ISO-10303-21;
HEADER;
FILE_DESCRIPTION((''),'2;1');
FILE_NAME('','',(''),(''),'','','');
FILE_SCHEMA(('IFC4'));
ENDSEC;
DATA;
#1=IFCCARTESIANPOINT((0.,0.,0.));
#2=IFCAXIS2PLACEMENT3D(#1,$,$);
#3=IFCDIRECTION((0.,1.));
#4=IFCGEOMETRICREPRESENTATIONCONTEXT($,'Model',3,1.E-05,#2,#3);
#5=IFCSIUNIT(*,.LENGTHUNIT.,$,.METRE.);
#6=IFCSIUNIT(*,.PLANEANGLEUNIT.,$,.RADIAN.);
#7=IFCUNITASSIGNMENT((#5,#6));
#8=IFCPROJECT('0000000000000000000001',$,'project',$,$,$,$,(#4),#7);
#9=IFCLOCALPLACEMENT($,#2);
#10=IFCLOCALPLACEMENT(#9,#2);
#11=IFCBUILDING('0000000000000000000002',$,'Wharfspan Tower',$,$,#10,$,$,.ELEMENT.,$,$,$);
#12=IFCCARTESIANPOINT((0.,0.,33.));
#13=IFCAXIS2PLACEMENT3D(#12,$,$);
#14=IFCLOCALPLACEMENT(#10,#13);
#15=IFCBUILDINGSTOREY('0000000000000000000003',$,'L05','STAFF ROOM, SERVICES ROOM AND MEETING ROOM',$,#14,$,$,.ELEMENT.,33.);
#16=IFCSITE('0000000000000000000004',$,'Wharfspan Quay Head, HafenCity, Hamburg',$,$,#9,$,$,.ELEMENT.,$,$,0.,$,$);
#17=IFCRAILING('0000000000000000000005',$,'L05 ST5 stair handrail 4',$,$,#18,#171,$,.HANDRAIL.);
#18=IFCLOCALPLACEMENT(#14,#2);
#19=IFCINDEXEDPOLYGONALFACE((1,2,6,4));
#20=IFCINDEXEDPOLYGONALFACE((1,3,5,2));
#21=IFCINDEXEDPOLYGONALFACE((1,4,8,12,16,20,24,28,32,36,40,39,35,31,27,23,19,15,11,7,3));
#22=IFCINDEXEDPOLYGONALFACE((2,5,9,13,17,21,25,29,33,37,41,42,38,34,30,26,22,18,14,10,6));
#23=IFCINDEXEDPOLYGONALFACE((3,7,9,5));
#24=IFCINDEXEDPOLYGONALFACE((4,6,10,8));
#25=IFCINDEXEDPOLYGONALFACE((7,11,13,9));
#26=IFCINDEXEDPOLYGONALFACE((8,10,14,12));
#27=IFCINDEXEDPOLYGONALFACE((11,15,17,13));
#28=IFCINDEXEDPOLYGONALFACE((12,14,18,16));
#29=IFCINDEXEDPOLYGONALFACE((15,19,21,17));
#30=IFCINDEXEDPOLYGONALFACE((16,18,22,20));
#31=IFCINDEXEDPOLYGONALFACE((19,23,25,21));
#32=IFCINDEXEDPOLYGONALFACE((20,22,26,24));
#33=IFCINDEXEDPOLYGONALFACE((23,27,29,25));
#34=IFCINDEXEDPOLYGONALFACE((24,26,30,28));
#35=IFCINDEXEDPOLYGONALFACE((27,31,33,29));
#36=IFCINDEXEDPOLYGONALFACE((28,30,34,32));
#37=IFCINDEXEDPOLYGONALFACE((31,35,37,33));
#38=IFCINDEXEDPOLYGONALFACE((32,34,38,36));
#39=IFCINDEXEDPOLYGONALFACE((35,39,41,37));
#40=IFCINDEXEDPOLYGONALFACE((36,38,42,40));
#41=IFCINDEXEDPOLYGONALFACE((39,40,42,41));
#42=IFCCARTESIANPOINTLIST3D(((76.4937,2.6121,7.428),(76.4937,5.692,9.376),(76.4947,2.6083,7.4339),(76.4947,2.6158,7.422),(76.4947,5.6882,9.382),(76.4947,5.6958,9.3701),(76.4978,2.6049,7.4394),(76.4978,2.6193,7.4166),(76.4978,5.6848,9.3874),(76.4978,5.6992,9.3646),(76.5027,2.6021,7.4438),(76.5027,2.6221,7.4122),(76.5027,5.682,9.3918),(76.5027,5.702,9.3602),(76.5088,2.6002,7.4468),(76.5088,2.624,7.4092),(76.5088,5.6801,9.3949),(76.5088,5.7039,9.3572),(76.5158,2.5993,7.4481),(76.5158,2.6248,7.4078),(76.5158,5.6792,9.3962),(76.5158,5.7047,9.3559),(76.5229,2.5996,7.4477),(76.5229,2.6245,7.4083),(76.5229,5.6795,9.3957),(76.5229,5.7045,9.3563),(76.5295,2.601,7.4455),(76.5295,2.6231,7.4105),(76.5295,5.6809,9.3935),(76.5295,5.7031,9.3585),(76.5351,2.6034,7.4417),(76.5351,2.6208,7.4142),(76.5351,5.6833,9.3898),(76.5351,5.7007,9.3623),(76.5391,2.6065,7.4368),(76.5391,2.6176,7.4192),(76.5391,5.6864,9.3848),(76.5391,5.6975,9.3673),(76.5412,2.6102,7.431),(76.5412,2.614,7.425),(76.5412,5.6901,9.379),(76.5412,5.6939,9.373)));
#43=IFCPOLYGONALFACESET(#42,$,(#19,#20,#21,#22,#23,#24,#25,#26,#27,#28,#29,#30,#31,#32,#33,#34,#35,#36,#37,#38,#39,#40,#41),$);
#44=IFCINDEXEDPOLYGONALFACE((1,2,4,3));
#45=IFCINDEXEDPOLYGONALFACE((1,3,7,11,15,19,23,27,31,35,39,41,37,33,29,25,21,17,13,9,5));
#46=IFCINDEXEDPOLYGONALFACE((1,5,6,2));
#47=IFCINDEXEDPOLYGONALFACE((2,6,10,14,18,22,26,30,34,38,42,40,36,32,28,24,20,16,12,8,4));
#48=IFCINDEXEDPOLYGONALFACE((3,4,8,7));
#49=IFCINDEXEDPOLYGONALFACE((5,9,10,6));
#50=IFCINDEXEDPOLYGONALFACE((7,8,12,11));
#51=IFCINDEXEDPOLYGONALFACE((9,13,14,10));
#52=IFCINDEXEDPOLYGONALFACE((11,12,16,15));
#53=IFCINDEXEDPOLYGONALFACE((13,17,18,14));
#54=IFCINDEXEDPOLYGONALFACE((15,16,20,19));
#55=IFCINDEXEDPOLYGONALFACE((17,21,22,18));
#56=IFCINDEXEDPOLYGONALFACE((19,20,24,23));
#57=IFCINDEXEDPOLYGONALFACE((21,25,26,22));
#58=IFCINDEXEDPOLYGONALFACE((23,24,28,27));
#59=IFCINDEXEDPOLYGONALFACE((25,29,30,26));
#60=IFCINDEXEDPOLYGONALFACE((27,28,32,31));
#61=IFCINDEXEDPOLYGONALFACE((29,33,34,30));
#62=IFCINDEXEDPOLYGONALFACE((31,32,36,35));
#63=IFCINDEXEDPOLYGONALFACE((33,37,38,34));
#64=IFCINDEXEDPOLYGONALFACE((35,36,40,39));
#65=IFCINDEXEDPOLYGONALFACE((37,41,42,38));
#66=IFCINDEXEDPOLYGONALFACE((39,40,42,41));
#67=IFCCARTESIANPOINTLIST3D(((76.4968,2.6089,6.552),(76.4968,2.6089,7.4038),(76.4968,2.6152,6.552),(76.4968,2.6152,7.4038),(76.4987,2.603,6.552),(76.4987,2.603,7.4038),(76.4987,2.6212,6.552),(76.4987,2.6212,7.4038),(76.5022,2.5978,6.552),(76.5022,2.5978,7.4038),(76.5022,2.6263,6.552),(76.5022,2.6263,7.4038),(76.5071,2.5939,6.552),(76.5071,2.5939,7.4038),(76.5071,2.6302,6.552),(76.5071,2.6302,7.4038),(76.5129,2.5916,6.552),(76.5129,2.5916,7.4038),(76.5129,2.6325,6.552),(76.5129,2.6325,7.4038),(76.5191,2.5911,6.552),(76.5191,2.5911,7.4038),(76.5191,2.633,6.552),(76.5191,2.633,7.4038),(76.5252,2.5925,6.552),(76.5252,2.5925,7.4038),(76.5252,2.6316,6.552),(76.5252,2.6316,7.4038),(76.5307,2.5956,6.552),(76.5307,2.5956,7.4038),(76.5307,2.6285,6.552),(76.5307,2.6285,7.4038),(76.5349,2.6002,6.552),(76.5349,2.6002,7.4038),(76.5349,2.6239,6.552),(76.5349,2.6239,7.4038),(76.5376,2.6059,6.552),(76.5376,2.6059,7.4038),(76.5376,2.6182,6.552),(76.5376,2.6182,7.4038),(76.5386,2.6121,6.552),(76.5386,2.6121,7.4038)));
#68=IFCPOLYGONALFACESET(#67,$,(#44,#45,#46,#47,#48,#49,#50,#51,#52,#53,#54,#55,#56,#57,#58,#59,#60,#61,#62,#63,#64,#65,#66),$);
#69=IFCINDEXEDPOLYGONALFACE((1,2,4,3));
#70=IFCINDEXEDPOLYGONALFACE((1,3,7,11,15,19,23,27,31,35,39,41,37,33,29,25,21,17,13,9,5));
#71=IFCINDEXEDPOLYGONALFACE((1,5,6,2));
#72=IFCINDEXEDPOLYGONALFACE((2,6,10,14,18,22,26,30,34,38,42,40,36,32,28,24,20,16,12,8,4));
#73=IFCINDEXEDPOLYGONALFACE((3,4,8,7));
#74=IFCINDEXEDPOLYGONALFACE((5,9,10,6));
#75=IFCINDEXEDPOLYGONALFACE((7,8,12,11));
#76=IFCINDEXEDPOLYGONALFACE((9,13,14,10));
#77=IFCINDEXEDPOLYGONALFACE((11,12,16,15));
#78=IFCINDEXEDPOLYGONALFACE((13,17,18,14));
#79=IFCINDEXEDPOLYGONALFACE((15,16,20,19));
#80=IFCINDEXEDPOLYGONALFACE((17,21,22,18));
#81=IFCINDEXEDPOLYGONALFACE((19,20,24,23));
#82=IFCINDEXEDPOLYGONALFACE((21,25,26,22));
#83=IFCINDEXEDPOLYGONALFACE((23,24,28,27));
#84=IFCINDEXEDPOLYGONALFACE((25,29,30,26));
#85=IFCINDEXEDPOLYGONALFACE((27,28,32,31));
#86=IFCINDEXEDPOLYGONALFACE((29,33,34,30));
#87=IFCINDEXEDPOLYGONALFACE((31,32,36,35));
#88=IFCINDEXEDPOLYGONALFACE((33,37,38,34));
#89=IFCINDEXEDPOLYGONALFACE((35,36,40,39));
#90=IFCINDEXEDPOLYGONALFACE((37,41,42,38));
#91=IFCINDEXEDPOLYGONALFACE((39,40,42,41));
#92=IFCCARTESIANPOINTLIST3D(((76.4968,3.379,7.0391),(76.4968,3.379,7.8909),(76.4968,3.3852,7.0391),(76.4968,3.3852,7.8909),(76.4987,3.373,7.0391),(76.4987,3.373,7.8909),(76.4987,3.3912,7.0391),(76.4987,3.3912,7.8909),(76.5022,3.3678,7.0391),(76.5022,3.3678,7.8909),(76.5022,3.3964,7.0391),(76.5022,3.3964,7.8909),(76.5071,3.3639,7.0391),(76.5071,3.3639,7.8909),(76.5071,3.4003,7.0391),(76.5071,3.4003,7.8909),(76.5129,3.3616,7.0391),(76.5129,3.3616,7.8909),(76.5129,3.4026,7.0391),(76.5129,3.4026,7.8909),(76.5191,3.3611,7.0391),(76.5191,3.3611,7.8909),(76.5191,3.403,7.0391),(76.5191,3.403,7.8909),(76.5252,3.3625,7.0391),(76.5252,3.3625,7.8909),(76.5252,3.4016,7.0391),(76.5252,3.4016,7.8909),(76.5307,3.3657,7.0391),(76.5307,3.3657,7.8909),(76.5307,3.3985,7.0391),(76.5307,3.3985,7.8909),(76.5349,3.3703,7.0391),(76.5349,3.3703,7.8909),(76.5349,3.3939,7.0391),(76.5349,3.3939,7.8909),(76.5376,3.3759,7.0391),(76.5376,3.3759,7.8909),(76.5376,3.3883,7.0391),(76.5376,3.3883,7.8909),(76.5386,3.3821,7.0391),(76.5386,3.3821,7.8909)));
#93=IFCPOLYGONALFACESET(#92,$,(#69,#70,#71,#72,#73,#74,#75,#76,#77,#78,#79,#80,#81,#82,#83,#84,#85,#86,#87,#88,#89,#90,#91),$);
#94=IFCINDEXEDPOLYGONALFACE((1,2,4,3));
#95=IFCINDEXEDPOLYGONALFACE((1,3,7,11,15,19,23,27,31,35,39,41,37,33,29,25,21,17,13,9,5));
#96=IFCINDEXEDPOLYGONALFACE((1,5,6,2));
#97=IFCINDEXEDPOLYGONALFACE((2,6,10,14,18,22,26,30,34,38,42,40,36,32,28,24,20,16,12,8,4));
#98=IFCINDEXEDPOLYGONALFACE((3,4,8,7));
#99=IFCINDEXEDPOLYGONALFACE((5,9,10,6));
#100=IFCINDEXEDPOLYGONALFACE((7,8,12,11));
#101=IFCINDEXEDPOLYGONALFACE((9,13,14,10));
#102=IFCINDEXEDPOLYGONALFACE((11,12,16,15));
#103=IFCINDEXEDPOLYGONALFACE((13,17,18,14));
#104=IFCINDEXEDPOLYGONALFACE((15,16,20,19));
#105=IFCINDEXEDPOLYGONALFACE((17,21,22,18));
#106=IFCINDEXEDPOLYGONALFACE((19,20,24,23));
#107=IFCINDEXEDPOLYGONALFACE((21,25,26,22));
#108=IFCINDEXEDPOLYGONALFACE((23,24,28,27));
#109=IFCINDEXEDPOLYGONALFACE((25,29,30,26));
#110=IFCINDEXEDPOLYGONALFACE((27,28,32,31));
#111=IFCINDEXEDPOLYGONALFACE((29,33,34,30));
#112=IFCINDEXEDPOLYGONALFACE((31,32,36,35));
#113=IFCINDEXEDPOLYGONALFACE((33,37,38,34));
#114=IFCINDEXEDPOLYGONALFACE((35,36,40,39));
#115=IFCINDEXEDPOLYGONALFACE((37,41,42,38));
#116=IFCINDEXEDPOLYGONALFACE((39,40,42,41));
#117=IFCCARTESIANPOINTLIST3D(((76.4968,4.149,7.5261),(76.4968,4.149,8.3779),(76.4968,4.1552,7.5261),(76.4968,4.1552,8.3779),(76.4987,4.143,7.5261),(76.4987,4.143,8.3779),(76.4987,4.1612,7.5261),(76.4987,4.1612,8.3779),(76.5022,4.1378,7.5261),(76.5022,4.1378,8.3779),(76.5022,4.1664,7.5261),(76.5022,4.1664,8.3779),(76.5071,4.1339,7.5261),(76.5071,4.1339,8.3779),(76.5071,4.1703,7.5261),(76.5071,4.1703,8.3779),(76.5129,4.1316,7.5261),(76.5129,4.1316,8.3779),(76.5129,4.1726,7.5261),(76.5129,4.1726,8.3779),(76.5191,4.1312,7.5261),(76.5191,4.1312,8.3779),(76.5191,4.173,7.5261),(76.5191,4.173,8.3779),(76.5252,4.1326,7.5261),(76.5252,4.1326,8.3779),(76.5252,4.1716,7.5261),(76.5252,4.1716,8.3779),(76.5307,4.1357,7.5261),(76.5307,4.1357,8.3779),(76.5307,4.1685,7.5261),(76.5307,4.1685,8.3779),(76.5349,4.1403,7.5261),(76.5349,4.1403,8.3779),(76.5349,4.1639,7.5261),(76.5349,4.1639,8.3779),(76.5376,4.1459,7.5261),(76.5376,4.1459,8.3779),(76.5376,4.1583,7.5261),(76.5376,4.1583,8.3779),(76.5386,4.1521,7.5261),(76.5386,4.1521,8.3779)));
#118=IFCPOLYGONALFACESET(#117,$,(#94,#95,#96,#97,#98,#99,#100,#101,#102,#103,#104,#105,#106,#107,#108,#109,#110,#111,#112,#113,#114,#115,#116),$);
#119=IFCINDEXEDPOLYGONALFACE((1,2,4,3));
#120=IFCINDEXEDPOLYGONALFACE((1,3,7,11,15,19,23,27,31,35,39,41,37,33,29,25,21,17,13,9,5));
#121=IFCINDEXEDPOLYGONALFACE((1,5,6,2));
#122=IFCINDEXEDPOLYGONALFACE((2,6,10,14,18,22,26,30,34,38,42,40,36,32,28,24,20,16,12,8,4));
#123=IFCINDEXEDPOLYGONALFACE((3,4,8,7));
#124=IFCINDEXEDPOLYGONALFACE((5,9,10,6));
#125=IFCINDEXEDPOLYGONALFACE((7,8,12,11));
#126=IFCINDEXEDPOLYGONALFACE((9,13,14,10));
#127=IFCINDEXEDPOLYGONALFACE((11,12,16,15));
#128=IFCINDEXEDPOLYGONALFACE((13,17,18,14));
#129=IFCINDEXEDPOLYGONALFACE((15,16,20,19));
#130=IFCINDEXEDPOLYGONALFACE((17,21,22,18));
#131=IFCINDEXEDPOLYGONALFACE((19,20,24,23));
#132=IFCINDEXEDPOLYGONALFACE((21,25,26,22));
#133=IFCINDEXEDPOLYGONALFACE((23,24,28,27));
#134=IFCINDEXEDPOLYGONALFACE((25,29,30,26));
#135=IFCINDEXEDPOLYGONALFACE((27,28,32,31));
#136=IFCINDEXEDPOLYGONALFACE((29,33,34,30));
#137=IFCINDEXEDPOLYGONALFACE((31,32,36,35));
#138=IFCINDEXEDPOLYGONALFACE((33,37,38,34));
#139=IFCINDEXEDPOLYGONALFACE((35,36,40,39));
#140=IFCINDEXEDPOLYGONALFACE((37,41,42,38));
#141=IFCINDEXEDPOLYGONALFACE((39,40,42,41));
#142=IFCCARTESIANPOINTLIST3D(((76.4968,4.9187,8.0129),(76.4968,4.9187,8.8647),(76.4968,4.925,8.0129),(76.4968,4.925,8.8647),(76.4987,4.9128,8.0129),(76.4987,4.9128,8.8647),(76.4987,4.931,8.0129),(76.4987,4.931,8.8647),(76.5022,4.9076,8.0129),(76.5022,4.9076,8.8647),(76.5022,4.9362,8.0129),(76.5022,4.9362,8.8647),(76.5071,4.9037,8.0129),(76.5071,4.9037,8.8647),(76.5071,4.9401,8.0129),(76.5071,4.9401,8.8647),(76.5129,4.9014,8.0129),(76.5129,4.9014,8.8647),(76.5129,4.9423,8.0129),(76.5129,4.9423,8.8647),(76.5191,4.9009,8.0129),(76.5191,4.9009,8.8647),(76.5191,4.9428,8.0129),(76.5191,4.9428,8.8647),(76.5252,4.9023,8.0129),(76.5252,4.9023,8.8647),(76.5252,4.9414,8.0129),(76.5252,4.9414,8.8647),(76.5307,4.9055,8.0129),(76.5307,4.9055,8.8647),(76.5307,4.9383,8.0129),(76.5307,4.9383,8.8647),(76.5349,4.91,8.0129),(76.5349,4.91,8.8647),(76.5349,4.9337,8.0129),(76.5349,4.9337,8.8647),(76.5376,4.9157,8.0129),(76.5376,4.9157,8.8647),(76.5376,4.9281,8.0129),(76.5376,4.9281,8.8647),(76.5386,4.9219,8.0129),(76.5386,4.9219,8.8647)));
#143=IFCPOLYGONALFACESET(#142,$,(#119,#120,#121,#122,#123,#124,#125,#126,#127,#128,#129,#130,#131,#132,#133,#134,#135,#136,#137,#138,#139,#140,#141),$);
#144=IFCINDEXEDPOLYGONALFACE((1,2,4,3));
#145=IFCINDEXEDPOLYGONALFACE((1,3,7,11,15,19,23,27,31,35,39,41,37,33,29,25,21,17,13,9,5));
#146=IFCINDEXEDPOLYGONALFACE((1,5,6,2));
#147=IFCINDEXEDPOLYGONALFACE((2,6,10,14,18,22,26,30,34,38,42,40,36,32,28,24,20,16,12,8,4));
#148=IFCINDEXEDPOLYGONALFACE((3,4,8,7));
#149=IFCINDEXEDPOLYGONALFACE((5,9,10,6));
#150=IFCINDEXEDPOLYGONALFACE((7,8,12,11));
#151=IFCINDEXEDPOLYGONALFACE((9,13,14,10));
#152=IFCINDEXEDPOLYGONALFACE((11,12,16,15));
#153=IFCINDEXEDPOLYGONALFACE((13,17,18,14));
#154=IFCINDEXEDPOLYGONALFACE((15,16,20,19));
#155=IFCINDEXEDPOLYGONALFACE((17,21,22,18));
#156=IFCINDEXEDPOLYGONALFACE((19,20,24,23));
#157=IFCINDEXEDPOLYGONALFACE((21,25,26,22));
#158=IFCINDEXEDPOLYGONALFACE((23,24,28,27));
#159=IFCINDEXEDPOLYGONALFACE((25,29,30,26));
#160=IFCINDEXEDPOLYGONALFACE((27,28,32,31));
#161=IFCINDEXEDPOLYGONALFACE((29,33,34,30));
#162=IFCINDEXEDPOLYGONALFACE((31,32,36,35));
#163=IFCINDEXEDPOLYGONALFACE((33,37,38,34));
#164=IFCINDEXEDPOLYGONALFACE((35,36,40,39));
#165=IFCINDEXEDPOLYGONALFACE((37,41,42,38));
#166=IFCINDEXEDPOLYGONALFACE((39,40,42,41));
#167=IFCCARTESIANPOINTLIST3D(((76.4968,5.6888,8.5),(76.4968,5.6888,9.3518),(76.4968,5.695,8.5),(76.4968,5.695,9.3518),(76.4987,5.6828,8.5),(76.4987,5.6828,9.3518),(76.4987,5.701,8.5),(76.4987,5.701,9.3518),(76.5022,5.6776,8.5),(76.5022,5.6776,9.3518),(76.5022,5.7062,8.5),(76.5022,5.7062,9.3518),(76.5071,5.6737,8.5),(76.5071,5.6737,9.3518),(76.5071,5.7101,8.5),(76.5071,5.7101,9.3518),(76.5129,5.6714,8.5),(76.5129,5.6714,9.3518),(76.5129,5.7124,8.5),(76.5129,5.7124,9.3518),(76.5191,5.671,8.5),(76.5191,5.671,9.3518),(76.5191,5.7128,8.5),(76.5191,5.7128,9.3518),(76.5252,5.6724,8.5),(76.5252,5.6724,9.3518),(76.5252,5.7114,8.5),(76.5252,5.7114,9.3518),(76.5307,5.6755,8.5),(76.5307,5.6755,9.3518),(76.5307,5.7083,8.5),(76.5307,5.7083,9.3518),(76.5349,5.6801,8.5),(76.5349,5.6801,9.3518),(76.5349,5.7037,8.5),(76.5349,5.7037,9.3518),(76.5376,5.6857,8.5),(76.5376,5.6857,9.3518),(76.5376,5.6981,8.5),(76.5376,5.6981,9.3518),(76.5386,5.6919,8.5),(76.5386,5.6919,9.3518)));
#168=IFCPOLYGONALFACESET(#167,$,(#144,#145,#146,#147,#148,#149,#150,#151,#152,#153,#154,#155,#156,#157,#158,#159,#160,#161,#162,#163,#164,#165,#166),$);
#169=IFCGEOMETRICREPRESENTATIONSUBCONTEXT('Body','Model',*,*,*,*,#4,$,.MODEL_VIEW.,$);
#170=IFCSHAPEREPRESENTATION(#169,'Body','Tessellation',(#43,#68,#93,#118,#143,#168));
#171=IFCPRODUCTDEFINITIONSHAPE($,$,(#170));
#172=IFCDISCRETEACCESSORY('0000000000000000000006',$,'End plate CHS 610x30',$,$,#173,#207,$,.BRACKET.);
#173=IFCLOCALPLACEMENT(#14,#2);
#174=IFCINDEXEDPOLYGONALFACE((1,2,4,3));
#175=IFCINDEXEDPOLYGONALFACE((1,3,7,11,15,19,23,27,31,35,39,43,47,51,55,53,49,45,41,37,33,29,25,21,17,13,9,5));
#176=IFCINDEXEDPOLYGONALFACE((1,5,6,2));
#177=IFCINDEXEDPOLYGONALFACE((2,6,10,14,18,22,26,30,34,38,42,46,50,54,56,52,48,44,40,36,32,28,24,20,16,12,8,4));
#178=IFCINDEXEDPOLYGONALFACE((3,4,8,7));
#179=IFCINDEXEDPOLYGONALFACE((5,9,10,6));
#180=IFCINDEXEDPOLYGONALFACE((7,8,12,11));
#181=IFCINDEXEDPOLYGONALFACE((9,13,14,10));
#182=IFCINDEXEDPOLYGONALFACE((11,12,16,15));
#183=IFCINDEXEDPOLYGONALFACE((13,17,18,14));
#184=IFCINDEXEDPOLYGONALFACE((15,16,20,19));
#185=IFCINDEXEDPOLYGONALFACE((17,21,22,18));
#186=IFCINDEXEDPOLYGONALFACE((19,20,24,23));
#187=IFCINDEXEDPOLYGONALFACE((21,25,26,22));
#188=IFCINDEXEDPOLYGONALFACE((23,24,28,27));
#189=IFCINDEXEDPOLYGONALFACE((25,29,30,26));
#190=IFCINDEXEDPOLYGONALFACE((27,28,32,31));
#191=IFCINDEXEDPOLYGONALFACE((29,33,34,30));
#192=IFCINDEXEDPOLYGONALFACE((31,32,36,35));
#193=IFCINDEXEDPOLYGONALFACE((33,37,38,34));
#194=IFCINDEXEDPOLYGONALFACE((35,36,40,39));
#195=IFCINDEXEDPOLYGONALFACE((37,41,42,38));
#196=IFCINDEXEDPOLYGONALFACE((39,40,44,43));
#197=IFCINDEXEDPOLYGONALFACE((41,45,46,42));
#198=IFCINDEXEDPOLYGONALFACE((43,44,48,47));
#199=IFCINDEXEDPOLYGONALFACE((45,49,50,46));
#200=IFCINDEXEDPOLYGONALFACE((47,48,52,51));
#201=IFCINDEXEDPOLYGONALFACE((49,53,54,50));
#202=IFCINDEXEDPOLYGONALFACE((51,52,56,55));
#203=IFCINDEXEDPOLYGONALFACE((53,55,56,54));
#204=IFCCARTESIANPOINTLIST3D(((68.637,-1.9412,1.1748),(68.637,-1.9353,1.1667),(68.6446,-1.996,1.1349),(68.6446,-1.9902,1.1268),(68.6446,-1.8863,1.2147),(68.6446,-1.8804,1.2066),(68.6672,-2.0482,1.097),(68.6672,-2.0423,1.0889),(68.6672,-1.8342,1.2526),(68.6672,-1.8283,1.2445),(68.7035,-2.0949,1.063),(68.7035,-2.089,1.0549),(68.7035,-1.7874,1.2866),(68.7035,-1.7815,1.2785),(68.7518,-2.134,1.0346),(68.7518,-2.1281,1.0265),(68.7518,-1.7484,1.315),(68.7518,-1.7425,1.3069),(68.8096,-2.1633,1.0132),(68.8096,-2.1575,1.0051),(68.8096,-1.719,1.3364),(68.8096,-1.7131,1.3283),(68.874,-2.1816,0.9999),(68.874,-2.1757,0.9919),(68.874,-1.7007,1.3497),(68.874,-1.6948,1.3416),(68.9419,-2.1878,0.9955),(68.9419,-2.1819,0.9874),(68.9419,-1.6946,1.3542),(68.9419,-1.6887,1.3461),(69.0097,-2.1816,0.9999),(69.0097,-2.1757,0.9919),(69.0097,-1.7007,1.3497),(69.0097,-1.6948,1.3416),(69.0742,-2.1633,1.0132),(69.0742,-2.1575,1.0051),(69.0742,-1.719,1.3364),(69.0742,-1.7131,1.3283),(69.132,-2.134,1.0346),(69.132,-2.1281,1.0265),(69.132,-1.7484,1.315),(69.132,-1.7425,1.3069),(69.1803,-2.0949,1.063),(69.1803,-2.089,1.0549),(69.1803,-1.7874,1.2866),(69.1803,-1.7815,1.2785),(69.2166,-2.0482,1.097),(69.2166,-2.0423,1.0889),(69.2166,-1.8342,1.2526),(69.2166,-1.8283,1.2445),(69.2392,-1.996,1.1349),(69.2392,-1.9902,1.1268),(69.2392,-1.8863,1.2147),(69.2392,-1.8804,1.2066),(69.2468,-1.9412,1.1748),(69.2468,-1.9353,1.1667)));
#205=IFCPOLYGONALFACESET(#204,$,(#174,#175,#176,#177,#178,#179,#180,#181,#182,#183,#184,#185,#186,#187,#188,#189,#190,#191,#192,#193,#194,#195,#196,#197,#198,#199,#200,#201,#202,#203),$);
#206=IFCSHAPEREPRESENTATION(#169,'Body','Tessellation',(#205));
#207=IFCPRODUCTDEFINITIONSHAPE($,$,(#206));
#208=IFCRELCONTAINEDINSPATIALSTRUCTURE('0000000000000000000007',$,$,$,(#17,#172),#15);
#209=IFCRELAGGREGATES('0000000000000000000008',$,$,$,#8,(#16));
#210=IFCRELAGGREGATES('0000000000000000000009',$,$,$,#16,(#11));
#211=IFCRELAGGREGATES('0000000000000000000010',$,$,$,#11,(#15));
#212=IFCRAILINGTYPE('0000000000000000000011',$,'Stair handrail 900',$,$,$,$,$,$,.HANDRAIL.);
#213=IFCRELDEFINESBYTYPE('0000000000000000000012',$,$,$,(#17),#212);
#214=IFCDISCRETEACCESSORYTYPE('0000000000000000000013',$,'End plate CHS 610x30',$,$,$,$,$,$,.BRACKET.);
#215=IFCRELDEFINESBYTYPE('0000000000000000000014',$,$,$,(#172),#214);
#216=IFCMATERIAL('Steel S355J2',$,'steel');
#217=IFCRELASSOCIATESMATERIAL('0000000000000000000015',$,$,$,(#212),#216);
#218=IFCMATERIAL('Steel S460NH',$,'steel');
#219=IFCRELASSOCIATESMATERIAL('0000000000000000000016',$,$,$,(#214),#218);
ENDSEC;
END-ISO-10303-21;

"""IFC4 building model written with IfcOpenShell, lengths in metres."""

from ifc_helpers import new_model, si_unit, direction, frame, origin, origin_2d, place, context, subcontext, project, spatial, circle, extrude, material, material_profile, profile_set, type_object, element, save


model = new_model("IFC4")

# Units and contexts
model_context = context("Model", 3, precision=1e-05, world=origin(), true_north=direction((0.0, 1.0)))
body_context = subcontext(model_context, "Body", "Model", "MODEL_VIEW")
ifc_project = project(units=[si_unit("LENGTHUNIT", "METRE"), si_unit("PLANEANGLEUNIT", "RADIAN")], contexts=[model_context])

# Site, building, storey
site_placement = place(None, origin())
site = spatial("IfcSite", under=ifc_project, at=site_placement, Name="Wharfspan Quay Head, HafenCity, Hamburg", CompositionType="ELEMENT", RefElevation=0.0)
building_placement = place(site_placement, origin())
building = spatial("IfcBuilding", under=site, at=building_placement, Name="Wharfspan Tower", CompositionType="ELEMENT")
storey_placement = place(building_placement, frame((0.0, 0.0, 33.0)))
storey = spatial("IfcBuildingStorey", under=building, at=storey_placement, Name="L05", Description="STAFF ROOM, SERVICES ROOM AND MEETING ROOM", CompositionType="ELEMENT", Elevation=33.0)

# Shared definitions
ifc_material_1 = material(Name="Steel S460NH", Category="steel")

# Railing
ifc_material_2 = material(Name="Steel S355J2", Category="steel")
railing_type_1 = type_object("IfcRailingType", Name="Stair handrail 900", PredefinedType="HANDRAIL", material=ifc_material_2)
railing_1_placement = place(storey_placement, frame((76.5176, 2.6121, 6.552)))
element("IfcRailing", 1, at=railing_1_placement, inside=storey, type_object=railing_type_1, Name="L05 ST5 stair handrail 4", PredefinedType="HANDRAIL", context=body_context, shape_type="SweptSolid", body=[
    extrude(circle(Radius=0.0239, at=origin_2d()), frame((0.0, 0.0, 0.876), z_axis=(0.0, 0.845137, 0.53455), x_axis=(-1.0, 0.0, 0.0)), (0.0, 0.0, 1.0), 3.6443),
    extrude(circle(Radius=0.021, at=origin_2d()), origin(), (0.0, 0.0, 1.0), 0.8518),
    extrude(circle(Radius=0.021, at=origin_2d()), frame((0.0, 0.77, 0.4871)), (0.0, 0.0, 1.0), 0.8518),
    extrude(circle(Radius=0.021, at=origin_2d()), frame((0.0, 1.54, 0.9741)), (0.0, 0.0, 1.0), 0.8518),
    extrude(circle(Radius=0.021, at=origin_2d()), frame((0.0, 2.3098, 1.4609)), (0.0, 0.0, 1.0), 0.8518),
    extrude(circle(Radius=0.021, at=origin_2d()), frame((0.0, 3.0798, 1.948)), (0.0, 0.0, 1.0), 0.8518),
])

# Discrete accessory
ifc_material_profile_1 = material_profile(ifc_material_1, circle(Radius=0.3049, at=origin_2d()))
ifc_profile_set_1 = profile_set([ifc_material_profile_1], Name="Steel S460NH")
discrete_accessory_type_1 = type_object("IfcDiscreteAccessoryType", Name="End plate CHS 610x30", PredefinedType="BRACKET", material=ifc_profile_set_1)
for number, where, z_axis, x_axis, name in (
    (2, (68.9419, -1.9412, 1.1748), (0.0, 0.588172, -0.808736), (-1.0, 0.0, 0.0), "End plate CHS 610x30"),
):
    element("IfcDiscreteAccessory", number, at=place(storey_placement, frame(where, z_axis=z_axis, x_axis=x_axis)), inside=storey, type_object=discrete_accessory_type_1, Name=name, PredefinedType="BRACKET", context=body_context, shape_type="SweptSolid", body=[
        extrude(circle(Radius=0.3049, at=origin_2d()), origin(), (0.0, 0.0, 1.0), 0.01),
    ])

save(model, "model.ifc")
